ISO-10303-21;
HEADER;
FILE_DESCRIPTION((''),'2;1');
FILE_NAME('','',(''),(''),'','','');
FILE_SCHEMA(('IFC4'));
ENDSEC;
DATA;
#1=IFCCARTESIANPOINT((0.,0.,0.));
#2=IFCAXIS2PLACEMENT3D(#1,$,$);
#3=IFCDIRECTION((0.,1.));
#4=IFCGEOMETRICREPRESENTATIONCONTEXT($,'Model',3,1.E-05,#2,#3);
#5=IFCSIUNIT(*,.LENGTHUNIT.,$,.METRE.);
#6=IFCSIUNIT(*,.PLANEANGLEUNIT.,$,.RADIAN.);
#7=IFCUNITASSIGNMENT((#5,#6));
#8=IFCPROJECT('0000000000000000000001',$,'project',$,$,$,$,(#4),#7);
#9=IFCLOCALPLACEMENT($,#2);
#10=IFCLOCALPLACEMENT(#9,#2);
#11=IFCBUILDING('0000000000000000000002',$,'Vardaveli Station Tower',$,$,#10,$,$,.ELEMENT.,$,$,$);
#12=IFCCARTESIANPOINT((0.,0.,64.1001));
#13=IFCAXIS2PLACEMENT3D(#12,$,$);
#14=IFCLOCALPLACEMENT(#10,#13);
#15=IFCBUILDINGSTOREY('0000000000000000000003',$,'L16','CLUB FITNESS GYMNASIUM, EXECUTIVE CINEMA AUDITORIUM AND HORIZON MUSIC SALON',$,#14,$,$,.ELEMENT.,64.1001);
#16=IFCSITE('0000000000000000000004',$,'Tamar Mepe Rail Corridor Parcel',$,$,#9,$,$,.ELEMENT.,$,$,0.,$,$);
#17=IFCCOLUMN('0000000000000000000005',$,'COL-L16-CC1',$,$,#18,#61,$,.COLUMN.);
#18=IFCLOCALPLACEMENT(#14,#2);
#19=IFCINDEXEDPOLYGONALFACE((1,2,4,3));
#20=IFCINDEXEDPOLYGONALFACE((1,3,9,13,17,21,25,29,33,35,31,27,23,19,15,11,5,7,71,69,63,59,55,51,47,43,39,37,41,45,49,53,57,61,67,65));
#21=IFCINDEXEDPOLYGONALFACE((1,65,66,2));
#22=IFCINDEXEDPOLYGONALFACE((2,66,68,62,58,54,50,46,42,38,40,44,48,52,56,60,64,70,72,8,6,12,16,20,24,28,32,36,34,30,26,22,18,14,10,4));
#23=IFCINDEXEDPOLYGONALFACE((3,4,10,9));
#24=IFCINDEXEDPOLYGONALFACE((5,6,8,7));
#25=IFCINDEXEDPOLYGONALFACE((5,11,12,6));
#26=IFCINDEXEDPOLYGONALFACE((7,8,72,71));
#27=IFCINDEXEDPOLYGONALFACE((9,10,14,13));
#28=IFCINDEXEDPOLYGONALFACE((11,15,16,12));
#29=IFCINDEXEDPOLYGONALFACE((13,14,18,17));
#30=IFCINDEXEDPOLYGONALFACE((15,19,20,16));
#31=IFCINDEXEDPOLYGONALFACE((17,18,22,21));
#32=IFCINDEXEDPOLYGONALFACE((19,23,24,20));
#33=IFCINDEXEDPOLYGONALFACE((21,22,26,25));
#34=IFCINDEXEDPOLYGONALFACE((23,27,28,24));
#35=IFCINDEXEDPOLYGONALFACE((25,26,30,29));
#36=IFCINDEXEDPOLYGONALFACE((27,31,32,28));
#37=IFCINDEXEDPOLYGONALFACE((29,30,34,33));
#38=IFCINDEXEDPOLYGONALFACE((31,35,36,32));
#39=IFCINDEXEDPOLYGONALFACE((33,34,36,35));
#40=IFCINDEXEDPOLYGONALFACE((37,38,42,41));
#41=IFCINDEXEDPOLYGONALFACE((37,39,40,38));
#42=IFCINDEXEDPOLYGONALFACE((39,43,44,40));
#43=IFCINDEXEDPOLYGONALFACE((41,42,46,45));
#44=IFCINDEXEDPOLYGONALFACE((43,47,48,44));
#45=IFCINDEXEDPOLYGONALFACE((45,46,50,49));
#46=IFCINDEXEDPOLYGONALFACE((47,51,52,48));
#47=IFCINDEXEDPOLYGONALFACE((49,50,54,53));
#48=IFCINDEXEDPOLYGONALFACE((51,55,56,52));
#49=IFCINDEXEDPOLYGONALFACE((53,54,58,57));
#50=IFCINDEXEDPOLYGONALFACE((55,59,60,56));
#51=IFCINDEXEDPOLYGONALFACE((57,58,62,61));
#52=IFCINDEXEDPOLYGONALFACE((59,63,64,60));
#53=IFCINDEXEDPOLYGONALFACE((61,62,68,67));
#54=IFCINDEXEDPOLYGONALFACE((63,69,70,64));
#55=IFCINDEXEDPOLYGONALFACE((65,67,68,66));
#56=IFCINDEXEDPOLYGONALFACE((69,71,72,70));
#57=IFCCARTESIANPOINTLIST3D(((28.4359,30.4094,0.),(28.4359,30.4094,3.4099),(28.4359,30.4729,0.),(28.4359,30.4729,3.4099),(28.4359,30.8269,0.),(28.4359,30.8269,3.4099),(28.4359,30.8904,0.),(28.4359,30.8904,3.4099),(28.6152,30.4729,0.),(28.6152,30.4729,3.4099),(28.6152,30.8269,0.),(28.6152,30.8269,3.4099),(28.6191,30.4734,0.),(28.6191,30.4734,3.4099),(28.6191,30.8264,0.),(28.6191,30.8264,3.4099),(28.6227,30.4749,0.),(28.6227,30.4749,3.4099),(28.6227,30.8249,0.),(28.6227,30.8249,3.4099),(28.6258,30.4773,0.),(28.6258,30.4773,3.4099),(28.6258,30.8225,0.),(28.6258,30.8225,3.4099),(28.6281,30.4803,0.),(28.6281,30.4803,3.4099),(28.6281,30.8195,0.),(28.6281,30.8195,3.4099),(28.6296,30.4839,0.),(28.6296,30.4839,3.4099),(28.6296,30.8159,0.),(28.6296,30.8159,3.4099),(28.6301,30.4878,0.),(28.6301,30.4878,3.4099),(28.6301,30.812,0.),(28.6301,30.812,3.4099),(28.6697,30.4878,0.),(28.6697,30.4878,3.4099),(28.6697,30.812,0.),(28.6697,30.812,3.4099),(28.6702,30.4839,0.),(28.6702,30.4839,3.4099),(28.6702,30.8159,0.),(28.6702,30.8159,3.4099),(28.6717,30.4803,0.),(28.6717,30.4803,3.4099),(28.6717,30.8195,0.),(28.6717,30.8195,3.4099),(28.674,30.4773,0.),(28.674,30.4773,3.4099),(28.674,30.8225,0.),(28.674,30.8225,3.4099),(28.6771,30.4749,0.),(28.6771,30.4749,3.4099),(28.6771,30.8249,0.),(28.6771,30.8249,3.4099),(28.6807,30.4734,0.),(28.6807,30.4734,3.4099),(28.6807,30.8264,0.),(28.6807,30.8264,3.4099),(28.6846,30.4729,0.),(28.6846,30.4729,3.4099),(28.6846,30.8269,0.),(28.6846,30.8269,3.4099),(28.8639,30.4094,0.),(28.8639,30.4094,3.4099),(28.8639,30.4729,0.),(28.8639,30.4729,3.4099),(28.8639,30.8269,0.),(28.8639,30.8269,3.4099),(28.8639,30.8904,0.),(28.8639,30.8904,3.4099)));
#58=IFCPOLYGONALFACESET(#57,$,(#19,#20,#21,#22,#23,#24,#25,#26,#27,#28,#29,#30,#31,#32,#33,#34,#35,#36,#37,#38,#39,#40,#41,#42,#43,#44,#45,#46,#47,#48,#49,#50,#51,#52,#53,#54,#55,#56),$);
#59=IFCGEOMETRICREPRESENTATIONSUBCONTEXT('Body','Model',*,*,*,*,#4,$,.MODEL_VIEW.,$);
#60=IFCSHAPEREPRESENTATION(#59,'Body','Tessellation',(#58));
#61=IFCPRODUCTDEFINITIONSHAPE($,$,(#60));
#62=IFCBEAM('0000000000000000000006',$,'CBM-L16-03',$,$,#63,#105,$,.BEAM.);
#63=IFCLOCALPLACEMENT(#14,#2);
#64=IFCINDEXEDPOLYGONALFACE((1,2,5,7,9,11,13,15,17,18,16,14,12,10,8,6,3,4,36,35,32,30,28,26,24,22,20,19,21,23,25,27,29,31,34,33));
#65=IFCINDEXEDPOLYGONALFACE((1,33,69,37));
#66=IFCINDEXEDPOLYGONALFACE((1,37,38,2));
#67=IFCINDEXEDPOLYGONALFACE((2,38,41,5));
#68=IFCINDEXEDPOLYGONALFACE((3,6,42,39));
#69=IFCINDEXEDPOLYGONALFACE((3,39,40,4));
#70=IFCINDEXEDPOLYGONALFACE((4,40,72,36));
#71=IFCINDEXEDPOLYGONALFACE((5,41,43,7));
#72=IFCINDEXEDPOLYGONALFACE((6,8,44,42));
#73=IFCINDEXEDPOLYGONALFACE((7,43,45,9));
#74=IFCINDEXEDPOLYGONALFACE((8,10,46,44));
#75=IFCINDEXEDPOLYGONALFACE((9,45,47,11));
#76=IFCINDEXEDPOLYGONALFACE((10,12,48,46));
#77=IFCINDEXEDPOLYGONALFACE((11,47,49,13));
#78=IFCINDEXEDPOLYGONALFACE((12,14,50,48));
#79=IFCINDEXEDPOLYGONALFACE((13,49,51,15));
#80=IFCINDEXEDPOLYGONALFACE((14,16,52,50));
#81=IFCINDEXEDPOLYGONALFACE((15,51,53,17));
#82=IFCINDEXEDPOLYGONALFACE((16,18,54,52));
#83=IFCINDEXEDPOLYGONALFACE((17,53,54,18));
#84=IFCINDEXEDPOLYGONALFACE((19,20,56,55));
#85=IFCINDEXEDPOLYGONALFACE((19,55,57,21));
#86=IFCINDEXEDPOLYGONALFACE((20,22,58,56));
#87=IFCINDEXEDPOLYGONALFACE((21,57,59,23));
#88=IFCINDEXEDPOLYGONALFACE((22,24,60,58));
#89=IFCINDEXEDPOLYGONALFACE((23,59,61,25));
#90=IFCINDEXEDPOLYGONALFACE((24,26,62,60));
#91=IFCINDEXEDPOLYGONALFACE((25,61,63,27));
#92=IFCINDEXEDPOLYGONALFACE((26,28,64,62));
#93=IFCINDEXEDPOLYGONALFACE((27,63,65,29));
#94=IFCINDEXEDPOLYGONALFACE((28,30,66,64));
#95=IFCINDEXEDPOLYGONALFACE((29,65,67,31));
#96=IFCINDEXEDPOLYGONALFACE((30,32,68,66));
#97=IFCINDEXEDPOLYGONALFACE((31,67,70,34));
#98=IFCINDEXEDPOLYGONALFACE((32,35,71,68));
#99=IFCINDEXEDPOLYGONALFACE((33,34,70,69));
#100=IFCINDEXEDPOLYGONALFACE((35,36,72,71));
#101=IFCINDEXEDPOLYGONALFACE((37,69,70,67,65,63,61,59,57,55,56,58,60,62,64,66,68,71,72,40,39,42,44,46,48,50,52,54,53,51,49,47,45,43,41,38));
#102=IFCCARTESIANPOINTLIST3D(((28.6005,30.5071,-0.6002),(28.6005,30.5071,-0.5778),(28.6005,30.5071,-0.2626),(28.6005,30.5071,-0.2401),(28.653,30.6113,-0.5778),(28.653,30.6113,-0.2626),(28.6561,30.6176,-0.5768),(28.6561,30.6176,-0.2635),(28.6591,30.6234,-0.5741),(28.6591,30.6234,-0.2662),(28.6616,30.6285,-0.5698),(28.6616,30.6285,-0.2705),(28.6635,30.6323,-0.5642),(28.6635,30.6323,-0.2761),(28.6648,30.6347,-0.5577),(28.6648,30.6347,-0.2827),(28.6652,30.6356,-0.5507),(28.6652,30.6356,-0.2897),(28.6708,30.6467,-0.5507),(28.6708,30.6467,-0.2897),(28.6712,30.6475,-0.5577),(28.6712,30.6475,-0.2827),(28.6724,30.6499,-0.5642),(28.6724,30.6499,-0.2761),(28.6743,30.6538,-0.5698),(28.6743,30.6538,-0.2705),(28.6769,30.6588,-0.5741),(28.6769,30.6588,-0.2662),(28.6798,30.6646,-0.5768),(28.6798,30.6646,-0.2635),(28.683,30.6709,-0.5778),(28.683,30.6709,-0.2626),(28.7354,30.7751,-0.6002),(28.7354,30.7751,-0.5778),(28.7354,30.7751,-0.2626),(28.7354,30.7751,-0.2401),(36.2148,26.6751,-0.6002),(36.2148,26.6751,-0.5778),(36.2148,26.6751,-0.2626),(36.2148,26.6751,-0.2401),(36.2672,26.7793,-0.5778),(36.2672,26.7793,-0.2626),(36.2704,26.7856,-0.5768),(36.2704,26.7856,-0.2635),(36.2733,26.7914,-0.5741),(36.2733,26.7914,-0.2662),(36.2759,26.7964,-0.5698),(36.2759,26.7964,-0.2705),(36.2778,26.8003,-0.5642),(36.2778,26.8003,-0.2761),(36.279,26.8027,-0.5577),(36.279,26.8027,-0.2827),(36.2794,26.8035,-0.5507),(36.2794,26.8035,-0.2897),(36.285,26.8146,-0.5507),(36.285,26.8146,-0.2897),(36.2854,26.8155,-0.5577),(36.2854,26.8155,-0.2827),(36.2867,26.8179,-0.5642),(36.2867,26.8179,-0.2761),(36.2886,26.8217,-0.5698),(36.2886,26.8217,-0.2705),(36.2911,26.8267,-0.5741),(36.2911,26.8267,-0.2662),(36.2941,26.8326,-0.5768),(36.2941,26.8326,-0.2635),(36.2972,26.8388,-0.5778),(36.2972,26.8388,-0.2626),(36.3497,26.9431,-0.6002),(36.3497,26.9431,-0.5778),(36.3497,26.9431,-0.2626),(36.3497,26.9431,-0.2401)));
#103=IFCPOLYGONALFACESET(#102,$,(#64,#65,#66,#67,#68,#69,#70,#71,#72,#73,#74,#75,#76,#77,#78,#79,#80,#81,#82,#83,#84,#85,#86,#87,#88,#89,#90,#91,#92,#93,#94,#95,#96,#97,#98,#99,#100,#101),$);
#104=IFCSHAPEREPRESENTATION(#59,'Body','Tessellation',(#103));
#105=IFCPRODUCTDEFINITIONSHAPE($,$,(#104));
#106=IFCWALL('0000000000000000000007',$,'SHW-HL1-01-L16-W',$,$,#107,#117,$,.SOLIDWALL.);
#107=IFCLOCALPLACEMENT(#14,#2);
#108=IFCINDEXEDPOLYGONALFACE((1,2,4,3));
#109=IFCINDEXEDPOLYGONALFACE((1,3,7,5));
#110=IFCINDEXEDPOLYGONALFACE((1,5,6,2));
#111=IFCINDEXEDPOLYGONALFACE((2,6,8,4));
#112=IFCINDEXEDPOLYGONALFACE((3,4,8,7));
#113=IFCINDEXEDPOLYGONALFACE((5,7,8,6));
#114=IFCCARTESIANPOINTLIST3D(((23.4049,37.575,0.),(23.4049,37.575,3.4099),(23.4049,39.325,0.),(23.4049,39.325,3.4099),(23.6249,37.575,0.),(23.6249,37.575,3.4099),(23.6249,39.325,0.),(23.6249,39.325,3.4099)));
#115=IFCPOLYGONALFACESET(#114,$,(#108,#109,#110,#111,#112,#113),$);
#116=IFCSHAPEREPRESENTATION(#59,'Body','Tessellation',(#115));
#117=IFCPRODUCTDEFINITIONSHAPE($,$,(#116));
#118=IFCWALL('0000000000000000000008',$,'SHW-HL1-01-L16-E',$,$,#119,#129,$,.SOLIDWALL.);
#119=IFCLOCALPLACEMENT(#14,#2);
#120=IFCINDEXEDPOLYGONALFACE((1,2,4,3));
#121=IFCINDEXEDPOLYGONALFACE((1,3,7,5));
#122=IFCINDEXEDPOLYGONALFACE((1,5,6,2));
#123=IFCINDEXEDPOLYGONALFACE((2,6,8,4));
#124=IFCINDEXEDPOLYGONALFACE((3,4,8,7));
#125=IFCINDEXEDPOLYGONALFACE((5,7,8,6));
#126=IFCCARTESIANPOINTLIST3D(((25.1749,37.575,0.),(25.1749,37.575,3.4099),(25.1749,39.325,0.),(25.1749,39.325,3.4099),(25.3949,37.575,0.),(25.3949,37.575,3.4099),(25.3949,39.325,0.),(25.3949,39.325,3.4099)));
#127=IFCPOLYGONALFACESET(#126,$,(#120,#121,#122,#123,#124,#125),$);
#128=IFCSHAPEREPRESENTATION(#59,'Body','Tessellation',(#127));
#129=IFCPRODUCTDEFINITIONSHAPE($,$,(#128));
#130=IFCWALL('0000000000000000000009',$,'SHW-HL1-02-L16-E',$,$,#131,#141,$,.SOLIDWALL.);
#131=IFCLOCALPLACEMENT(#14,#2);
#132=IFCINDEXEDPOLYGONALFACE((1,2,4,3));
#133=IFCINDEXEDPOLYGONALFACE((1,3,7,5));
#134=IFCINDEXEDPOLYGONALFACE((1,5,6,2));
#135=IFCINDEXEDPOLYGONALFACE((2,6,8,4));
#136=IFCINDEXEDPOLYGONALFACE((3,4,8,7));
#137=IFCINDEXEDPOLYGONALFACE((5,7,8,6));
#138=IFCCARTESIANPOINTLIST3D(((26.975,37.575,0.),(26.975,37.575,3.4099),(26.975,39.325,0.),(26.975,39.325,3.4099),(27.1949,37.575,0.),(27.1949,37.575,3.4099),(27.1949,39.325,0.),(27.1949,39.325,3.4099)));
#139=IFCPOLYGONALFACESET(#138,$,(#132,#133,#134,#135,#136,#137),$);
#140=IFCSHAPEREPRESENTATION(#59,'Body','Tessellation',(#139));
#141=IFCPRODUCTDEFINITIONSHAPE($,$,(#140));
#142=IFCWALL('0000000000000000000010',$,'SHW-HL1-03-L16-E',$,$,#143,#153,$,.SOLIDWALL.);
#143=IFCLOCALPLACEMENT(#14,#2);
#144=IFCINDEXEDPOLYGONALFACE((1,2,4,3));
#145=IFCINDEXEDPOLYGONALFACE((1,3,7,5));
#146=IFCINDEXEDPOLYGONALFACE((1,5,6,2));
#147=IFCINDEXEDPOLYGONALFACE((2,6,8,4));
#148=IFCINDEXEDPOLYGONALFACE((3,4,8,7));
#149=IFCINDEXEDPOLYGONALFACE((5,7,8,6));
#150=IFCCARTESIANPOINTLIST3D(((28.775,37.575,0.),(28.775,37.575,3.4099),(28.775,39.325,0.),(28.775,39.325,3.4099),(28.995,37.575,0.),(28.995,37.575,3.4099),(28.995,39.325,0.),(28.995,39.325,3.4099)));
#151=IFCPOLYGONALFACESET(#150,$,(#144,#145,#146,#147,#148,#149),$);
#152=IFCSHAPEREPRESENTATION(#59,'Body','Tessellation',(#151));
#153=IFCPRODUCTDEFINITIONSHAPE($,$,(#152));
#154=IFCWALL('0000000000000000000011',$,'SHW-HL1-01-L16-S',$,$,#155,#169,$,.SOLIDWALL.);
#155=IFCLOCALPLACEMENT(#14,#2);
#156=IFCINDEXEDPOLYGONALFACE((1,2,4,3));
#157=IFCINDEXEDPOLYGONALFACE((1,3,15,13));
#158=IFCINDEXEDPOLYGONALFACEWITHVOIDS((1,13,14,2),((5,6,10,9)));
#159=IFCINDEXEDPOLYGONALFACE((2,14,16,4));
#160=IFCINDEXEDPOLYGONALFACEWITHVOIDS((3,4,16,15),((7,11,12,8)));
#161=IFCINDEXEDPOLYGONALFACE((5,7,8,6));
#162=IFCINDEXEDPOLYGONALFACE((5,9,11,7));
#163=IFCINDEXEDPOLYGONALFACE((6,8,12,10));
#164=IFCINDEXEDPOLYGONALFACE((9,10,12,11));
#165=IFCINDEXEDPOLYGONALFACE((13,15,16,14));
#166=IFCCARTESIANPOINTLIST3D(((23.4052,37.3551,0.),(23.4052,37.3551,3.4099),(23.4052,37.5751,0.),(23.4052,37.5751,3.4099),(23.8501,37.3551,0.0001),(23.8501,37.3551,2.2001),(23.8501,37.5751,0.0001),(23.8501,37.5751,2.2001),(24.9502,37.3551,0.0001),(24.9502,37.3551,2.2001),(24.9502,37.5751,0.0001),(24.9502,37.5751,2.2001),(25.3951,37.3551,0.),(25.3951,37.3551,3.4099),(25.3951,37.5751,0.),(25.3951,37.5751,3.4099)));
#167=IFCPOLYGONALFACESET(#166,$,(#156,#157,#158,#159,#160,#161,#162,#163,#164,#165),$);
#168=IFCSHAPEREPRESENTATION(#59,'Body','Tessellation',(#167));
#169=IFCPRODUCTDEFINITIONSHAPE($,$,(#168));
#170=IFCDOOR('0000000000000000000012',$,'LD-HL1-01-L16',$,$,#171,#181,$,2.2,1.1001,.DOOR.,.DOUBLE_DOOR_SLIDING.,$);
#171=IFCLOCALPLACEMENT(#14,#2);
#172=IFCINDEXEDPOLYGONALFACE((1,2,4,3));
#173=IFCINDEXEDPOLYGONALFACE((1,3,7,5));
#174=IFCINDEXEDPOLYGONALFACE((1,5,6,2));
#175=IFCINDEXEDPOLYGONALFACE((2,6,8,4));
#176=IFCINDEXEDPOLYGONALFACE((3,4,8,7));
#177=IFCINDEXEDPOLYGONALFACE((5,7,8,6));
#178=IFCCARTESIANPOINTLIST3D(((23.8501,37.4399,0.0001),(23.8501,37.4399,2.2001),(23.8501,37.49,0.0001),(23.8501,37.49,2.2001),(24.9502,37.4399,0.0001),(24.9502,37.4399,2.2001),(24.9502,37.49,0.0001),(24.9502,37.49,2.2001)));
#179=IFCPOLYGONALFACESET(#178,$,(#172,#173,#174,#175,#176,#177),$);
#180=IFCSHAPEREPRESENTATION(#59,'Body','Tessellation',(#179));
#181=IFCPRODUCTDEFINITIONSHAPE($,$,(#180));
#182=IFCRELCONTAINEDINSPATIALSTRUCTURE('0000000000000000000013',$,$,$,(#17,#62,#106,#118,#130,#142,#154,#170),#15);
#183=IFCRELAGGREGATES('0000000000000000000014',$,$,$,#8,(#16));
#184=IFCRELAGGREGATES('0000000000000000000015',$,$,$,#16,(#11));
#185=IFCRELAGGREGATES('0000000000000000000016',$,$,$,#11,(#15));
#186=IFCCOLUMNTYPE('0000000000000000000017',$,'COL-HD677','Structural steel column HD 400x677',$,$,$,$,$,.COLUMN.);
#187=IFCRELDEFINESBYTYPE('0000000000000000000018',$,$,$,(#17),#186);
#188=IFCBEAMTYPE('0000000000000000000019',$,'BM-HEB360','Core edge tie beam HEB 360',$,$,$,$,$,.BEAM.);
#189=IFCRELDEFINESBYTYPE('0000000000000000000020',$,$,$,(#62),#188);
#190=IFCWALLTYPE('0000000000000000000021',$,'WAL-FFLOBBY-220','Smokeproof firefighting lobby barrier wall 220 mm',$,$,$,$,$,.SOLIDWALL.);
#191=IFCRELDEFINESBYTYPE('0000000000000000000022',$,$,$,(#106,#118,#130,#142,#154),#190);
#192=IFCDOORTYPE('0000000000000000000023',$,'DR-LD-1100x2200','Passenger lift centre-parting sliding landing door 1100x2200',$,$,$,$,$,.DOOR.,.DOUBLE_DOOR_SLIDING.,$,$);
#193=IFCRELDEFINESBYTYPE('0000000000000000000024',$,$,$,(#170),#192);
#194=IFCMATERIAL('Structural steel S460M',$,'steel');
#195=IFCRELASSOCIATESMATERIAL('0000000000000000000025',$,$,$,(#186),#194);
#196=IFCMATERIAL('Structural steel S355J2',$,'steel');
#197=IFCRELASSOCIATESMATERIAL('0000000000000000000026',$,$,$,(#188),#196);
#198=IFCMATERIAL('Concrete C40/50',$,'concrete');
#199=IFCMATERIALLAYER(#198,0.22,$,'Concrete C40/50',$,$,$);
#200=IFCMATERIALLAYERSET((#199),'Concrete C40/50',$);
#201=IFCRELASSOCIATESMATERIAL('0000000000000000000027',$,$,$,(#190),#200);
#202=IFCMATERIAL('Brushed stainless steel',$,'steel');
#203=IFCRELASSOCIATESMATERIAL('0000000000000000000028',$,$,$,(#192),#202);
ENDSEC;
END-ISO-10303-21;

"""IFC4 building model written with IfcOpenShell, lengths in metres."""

from ifc_helpers import new_model, si_unit, direction, frame, frame_2d, origin, origin_2d, place, context, subcontext, project, spatial, rectangle, i_section, extrude, source, transform, mapped, material, layer, layer_set, material_profile, profile_set, type_object, element, fill, save


model = new_model("IFC4")

# Units and contexts
model_context = context("Model", 3, precision=1e-05, world=origin(), true_north=direction((0.0, 1.0)))
body_context = subcontext(model_context, "Body", "Model", "MODEL_VIEW")
ifc_project = project(units=[si_unit("LENGTHUNIT", "METRE"), si_unit("PLANEANGLEUNIT", "RADIAN")], contexts=[model_context])

# Site, building, storey
site_placement = place(None, origin())
site = spatial("IfcSite", under=ifc_project, at=site_placement, Name="Tamar Mepe Rail Corridor Parcel", CompositionType="ELEMENT", RefElevation=0.0)
building_placement = place(site_placement, origin())
building = spatial("IfcBuilding", under=site, at=building_placement, Name="Vardaveli Station Tower", CompositionType="ELEMENT")
storey_placement = place(building_placement, frame((0.0, 0.0, 64.1001)))
storey = spatial("IfcBuildingStorey", under=building, at=storey_placement, Name="L16", Description="CLUB FITNESS GYMNASIUM, EXECUTIVE CINEMA AUDITORIUM AND HORIZON MUSIC SALON", CompositionType="ELEMENT", Elevation=64.1001)

# Column
ifc_material_1 = material(Name="Structural steel S460M", Category="steel")
ifc_material_profile_1 = material_profile(ifc_material_1, i_section(OverallWidth=0.428, OverallDepth=0.481, WebThickness=0.0396, FlangeThickness=0.0635, FilletRadius=0.0149, at=origin_2d()), Name="HD 400x677")
ifc_profile_set_1 = profile_set([ifc_material_profile_1], Name="Structural steel S460M")
column_type = type_object("IfcColumnType", Name="COL-HD677", Description="Structural steel column HD 400x677", PredefinedType="COLUMN", material=ifc_profile_set_1)
shared_shape_1 = source(origin(), body_context, "Body", "SweptSolid", [
    extrude(i_section(OverallWidth=0.428, OverallDepth=0.481, WebThickness=0.0396, FlangeThickness=0.0635, FilletRadius=0.0149, at=origin_2d()), origin(), (0.0, 0.0, 1.0), 3.4099),
])
column_placement = place(storey_placement, frame((28.6499, 30.6499, 0.0), z_axis=(0.0, 0.0, 1.0), x_axis=(1.0, 0.0, 0.0)))
element("IfcColumn", 1, at=column_placement, inside=storey, type_object=column_type, Name="COL-L16-CC1", PredefinedType="COLUMN", context=body_context, shape_type="MappedRepresentation", body=[
    mapped(shared_shape_1, transform((0.0, 0.0, 0.0), scale=1.0)),
])

# Beam
ifc_material_2 = material(Name="Structural steel S355J2", Category="steel")
ifc_material_profile_2 = material_profile(ifc_material_2, i_section(OverallWidth=0.3, OverallDepth=0.3601, WebThickness=0.0125, FlangeThickness=0.0225, FilletRadius=0.0271, at=origin_2d()), Name="HEB 360")
ifc_profile_set_2 = profile_set([ifc_material_profile_2], Name="Structural steel S355J2")
beam_type = type_object("IfcBeamType", Name="BM-HEB360", Description="Core edge tie beam HEB 360", PredefinedType="BEAM", material=ifc_profile_set_2)
shared_shape_2 = source(origin(), body_context, "Body", "SweptSolid", [
    extrude(i_section(OverallWidth=0.3, OverallDepth=0.3601, WebThickness=0.0125, FlangeThickness=0.0225, FilletRadius=0.0271, at=origin_2d()), origin(), (0.0, 0.0, 1.0), 8.5242),
])
beam_placement = place(storey_placement, frame((28.668, 30.6411, -0.4202), z_axis=(0.893256, -0.449549, 0.0), x_axis=(0.449549, 0.893256, 0.0)))
element("IfcBeam", 2, at=beam_placement, inside=storey, type_object=beam_type, Name="CBM-L16-03", PredefinedType="BEAM", context=body_context, shape_type="MappedRepresentation", body=[
    mapped(shared_shape_2, transform((0.0, 0.0, 0.0), scale=1.0)),
])

# Walls
ifc_material_3 = material(Name="Concrete C40/50", Category="concrete")
ifc_layer_1 = layer(ifc_material_3, 0.22, Name="Concrete C40/50")
ifc_layer_set_1 = layer_set([ifc_layer_1], Name="Concrete C40/50")
wall_type_1 = type_object("IfcWallType", Name="WAL-FFLOBBY-220", Description="Smokeproof firefighting lobby barrier wall 220 mm", PredefinedType="SOLIDWALL", material=ifc_layer_set_1)
shared_shape_3 = source(origin(), body_context, "Body", "SweptSolid", [
    extrude(rectangle(XDim=1.75, YDim=0.22, at=frame_2d((0.875, 0.0))), origin(), (0.0, 0.0, 1.0), 3.4099),
])
for number, where, z_axis, x_axis, name in (
    (3, (23.5149, 37.575, 0.0), (0.0, 0.0, 1.0), (0.0, 1.0, 0.0), "SHW-HL1-01-L16-W"),
    (4, (25.2849, 37.575, 0.0), (0.0, 0.0, 1.0), (0.0, 1.0, 0.0), "SHW-HL1-01-L16-E"),
    (5, (27.085, 37.575, 0.0), (0.0, 0.0, 1.0), (0.0, 1.0, 0.0), "SHW-HL1-02-L16-E"),
    (6, (28.885, 37.575, 0.0), (0.0, 0.0, 1.0), (0.0, 1.0, 0.0), "SHW-HL1-03-L16-E"),
):
    element("IfcWall", number, at=place(storey_placement, frame(where, z_axis=z_axis, x_axis=x_axis)), inside=storey, type_object=wall_type_1, Name=name, PredefinedType="SOLIDWALL", context=body_context, shape_type="MappedRepresentation", body=[
        mapped(shared_shape_3, transform((0.0, 0.0, 0.0), scale=1.0)),
    ])

# Wall, opening, door
shared_shape_4 = source(origin(), body_context, "Body", "SweptSolid", [
    extrude(rectangle(XDim=1.99, YDim=0.22, at=frame_2d((0.9951, 0.0))), origin(), (0.0, 0.0, 1.0), 3.4099),
])
wall_1_placement = place(storey_placement, frame((23.405, 37.4651, 0.0), z_axis=(0.0, 0.0, 1.0), x_axis=(1.0, 0.0, 0.0)))
wall_1 = element("IfcWall", 7, at=wall_1_placement, inside=storey, type_object=wall_type_1, Name="SHW-HL1-01-L16-S", PredefinedType="SOLIDWALL", context=body_context, shape_type="MappedRepresentation", body=[
    mapped(shared_shape_4, transform((0.0, 0.0, 0.0), scale=1.0)),
])
shared_shape_5 = source(origin(), body_context, "Body", "SweptSolid", [
    extrude(rectangle(XDim=1.1001, YDim=2.2, at=frame_2d((0.55, 1.1001))), frame((0.0, 0.1201, 0.0), z_axis=(0.0, -1.0, 0.0), x_axis=(1.0, 0.0, 0.0)), (0.0, 0.0, 1.0), 0.24),
])
opening_1_placement = place(wall_1_placement, frame((0.4451, 0.0, 0.0)))
opening_1 = element("IfcOpeningElement", 8, at=opening_1_placement, cuts=wall_1, PredefinedType="OPENING", context=body_context, shape_type="MappedRepresentation", body=[
    mapped(shared_shape_5, transform((0.0, 0.0, 0.0), scale=1.0)),
])
ifc_material_4 = material(Name="Brushed stainless steel", Category="steel")
door_type = type_object("IfcDoorType", Name="DR-LD-1100x2200", Description="Passenger lift centre-parting sliding landing door 1100x2200", OperationType="DOUBLE_DOOR_SLIDING", PredefinedType="DOOR", material=ifc_material_4)
shared_shape_6 = source(origin(), body_context, "Body", "SweptSolid", [
    extrude(rectangle(XDim=1.1001, YDim=2.2, at=frame_2d((0.55, 1.1001))), frame((0.0, 0.0249, 0.0), z_axis=(0.0, -1.0, 0.0), x_axis=(1.0, 0.0, 0.0)), (0.0, 0.0, 1.0), 0.05),
])
door_1_placement = place(opening_1_placement, origin())
door_1 = element("IfcDoor", 9, at=door_1_placement, inside=storey, type_object=door_type, Name="LD-HL1-01-L16", OperationType="DOUBLE_DOOR_SLIDING", OverallHeight=2.2, OverallWidth=1.1001, PredefinedType="DOOR", context=body_context, shape_type="MappedRepresentation", body=[
    mapped(shared_shape_6, transform((0.0, 0.0, 0.0), scale=1.0)),
])
fill(opening_1, door_1)

save(model, "model.ifc")
